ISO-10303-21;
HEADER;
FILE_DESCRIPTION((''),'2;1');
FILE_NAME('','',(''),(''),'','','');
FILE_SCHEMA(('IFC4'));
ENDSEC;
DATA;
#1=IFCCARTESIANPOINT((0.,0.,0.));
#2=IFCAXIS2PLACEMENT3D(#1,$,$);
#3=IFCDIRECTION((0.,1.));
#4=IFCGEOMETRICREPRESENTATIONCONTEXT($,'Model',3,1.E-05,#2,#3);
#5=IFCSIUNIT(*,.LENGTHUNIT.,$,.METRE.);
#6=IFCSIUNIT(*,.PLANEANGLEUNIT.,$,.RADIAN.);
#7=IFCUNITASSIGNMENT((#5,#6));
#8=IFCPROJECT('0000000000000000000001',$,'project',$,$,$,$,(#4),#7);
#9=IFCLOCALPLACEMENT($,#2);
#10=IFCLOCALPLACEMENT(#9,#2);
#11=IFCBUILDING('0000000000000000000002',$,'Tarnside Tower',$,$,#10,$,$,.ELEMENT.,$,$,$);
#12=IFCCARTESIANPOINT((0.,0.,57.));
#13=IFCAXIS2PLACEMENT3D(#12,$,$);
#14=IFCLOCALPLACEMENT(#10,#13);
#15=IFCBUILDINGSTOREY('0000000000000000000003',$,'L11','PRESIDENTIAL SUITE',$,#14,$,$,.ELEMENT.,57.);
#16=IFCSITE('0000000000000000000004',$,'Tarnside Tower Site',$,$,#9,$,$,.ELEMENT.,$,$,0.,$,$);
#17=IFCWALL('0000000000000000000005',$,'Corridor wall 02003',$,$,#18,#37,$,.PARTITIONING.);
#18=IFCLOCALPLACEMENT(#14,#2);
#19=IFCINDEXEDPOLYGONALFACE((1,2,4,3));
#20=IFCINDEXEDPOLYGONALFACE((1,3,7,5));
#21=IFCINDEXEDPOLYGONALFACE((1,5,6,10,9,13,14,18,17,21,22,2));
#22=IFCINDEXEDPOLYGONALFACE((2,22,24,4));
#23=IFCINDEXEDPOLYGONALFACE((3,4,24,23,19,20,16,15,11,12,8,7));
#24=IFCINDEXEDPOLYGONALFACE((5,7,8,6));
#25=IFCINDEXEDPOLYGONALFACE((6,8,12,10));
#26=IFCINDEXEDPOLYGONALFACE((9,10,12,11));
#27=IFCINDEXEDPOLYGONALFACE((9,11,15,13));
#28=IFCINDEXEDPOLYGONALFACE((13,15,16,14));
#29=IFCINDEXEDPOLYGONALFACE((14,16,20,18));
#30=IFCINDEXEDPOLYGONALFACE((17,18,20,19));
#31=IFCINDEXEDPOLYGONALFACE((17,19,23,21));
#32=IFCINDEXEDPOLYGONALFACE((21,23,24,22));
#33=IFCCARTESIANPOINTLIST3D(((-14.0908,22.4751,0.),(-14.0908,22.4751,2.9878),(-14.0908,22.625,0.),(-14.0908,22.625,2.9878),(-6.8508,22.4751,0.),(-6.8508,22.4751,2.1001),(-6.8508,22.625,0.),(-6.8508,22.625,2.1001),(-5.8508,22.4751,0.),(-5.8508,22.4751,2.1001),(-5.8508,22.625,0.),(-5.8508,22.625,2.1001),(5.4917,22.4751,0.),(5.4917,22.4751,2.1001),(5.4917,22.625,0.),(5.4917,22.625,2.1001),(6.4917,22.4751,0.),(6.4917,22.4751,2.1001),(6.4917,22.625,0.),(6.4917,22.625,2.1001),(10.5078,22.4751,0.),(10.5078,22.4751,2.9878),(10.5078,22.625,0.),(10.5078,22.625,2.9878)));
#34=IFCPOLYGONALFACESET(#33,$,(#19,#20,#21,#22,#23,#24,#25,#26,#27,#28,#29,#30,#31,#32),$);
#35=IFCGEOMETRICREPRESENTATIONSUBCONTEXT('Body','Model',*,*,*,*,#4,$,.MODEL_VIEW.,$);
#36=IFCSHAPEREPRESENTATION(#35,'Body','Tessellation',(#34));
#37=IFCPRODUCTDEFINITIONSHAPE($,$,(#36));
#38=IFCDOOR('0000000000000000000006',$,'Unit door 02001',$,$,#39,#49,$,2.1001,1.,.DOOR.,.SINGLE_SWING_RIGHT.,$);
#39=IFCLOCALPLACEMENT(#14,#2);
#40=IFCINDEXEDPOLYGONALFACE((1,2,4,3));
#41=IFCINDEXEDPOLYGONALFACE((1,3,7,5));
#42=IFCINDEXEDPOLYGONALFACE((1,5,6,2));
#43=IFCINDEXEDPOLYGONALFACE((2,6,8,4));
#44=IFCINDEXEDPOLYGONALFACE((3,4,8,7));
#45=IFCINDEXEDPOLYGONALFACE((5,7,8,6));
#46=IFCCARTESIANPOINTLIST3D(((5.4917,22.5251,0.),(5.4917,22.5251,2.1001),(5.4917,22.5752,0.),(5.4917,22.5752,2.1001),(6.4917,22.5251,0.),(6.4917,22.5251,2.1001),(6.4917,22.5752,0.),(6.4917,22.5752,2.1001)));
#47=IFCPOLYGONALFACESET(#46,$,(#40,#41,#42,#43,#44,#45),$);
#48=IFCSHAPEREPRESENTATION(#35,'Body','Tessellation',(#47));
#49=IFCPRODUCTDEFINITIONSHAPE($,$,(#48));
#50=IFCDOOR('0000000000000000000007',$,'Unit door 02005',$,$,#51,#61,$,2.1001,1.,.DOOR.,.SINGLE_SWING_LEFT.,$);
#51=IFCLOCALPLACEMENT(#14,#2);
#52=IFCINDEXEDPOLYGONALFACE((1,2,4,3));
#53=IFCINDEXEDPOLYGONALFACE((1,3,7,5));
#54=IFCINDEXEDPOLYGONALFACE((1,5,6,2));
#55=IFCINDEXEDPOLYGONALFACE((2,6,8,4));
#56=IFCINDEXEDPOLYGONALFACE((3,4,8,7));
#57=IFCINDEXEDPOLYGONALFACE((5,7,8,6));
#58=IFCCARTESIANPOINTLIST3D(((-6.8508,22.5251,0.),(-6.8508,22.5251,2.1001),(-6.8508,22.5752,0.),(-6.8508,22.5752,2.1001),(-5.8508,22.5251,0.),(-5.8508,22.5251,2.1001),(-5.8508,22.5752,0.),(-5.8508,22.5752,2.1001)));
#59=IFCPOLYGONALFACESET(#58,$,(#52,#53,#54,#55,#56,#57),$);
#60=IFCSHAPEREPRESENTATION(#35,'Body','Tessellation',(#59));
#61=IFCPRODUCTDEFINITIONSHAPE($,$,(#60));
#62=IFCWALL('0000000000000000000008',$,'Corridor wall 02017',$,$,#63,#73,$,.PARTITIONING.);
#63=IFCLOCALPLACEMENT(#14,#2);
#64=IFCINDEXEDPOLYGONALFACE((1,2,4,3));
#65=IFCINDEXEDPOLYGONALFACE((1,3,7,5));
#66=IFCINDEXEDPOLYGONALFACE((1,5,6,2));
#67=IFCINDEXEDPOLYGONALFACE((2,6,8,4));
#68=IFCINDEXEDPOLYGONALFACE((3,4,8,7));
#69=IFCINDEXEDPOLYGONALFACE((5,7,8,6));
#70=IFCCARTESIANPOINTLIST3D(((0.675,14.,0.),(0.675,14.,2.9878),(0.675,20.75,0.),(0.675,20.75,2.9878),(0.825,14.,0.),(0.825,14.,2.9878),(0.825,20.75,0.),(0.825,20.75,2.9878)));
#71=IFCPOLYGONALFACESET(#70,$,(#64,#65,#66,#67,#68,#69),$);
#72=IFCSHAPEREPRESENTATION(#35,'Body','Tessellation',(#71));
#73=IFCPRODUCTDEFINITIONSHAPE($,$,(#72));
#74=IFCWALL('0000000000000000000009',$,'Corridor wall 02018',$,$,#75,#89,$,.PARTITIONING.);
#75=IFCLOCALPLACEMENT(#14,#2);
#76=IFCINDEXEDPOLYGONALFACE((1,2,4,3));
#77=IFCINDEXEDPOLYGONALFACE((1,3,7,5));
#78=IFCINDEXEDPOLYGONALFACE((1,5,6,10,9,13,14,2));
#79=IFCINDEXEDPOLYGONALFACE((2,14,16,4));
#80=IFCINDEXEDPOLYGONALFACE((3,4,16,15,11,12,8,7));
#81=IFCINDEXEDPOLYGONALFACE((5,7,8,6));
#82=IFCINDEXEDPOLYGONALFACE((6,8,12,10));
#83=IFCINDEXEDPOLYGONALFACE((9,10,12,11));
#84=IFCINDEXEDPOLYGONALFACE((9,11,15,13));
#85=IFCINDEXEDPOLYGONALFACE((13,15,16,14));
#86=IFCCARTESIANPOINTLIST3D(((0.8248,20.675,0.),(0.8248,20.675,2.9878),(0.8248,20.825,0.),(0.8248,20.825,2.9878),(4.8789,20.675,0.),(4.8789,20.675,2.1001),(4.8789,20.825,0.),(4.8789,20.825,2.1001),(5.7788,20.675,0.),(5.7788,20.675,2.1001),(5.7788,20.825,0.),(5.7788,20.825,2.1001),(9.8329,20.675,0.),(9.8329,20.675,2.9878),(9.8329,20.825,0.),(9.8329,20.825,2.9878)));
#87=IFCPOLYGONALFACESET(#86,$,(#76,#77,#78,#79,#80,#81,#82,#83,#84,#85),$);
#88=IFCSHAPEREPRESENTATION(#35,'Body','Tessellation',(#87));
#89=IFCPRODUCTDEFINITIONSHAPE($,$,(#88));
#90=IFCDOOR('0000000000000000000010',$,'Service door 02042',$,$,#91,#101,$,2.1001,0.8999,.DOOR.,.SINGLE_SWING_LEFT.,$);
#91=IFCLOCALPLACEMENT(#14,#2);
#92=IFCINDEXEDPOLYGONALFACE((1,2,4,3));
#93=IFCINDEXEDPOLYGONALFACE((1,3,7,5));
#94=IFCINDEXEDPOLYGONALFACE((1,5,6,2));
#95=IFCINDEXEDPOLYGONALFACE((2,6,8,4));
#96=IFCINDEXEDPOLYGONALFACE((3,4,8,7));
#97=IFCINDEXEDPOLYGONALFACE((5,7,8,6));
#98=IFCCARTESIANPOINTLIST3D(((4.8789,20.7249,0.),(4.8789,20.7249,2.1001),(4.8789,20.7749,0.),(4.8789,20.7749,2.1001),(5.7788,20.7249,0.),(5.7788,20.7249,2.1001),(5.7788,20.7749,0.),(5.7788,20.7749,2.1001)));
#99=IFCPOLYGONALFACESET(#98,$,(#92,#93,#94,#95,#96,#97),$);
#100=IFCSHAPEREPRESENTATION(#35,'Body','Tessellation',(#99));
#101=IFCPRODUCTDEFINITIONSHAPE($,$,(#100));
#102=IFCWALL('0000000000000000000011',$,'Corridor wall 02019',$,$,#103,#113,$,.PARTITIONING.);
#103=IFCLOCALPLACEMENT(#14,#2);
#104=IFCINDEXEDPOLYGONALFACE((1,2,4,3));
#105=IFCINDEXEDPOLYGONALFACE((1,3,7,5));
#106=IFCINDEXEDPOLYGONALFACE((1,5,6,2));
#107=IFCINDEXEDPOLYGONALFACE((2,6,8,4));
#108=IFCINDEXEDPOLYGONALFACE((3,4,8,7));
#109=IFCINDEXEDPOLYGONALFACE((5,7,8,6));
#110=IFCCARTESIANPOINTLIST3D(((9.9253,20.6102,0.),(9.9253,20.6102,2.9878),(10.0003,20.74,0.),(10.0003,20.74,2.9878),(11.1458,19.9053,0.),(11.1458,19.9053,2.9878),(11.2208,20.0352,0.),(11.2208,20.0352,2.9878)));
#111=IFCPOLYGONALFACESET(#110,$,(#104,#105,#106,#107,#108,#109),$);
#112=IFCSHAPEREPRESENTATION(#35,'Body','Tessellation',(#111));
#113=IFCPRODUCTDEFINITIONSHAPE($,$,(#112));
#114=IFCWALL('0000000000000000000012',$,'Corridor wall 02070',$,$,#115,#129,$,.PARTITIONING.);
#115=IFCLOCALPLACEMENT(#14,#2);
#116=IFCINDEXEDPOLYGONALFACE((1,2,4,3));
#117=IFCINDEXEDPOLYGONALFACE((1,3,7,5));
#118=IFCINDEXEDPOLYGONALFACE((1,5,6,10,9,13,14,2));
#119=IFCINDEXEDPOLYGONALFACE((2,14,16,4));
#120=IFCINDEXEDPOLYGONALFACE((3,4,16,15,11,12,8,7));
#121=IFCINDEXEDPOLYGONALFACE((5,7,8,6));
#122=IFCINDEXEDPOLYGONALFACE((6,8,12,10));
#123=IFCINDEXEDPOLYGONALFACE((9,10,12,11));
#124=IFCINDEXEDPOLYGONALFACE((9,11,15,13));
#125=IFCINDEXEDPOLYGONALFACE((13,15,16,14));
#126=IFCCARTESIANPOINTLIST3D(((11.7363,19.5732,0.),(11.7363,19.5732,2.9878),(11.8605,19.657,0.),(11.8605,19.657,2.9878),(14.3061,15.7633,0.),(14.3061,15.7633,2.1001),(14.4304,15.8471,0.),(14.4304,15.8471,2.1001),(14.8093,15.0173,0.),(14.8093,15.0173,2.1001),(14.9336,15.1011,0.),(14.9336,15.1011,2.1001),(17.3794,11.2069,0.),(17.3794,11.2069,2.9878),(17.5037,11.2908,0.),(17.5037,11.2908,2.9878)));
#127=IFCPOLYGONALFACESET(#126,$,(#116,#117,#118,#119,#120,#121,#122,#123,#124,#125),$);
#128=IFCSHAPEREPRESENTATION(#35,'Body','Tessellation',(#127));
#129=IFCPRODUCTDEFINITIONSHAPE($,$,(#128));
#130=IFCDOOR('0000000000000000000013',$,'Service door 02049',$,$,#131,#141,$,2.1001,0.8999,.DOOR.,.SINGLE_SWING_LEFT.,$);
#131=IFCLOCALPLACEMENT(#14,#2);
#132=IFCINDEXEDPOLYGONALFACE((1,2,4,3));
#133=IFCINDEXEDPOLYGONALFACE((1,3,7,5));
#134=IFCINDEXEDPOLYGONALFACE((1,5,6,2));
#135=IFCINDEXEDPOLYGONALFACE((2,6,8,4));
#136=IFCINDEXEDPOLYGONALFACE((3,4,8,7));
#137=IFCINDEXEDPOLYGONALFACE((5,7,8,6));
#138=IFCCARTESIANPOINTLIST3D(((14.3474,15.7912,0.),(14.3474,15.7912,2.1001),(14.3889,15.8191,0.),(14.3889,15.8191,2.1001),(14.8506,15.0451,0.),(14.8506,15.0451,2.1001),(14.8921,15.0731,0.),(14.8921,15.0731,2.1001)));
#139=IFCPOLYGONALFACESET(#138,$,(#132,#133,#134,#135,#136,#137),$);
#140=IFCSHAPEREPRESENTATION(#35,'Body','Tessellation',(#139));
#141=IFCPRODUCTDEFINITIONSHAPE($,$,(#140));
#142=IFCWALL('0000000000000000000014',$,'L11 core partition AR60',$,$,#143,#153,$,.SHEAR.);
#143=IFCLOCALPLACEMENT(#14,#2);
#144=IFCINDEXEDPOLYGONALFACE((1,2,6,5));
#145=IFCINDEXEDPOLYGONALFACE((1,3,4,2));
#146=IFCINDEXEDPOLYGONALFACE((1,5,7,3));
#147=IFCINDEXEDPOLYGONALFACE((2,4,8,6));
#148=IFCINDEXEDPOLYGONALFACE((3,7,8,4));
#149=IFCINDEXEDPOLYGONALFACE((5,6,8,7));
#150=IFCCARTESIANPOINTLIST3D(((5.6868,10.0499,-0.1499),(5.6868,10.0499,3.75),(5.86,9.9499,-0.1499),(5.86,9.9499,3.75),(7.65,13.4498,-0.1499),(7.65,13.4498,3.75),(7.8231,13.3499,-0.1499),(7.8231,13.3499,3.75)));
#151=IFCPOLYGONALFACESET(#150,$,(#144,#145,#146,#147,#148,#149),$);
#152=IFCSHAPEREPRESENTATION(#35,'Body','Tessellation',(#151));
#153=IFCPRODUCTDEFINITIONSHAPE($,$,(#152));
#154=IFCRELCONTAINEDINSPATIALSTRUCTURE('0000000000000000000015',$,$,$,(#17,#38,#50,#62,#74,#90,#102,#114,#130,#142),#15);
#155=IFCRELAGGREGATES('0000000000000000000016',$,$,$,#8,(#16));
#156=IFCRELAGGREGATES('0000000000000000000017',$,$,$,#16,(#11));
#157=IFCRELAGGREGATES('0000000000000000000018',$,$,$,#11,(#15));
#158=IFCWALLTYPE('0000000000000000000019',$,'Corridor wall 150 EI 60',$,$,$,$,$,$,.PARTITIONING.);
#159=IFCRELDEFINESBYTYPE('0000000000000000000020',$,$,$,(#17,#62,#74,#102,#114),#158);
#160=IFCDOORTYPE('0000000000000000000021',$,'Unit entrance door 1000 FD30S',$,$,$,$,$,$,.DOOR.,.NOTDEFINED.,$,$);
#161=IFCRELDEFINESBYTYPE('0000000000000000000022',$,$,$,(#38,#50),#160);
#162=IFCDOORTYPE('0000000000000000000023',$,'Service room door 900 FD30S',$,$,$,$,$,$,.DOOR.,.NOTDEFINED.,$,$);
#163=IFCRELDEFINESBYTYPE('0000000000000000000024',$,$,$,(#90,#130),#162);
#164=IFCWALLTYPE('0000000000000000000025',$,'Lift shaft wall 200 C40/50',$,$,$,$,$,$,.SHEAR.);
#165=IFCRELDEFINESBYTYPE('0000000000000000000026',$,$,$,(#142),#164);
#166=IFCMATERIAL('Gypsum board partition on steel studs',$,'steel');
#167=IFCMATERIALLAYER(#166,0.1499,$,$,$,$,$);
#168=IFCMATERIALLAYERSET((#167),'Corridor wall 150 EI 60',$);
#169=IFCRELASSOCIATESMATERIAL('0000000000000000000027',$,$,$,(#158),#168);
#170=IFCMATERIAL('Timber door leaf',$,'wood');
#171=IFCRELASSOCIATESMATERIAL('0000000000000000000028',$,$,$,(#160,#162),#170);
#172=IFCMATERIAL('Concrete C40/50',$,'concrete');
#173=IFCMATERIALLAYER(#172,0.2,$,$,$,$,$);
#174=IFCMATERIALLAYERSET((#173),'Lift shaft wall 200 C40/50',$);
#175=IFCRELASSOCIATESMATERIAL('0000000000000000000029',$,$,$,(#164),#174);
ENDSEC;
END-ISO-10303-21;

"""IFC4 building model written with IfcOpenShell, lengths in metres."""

from ifc_helpers import new_model, si_unit, direction, frame, frame_2d, origin, place, context, subcontext, project, spatial, rectangle, extrude, material, layer, layer_set, type_object, element, fill, save


model = new_model("IFC4")

# Units and contexts
model_context = context("Model", 3, precision=1e-05, world=origin(), true_north=direction((0.0, 1.0)))
body_context = subcontext(model_context, "Body", "Model", "MODEL_VIEW")
ifc_project = project(units=[si_unit("LENGTHUNIT", "METRE"), si_unit("PLANEANGLEUNIT", "RADIAN")], contexts=[model_context])

# Site, building, storey
site_placement = place(None, origin())
site = spatial("IfcSite", under=ifc_project, at=site_placement, Name="Tarnside Tower Site", CompositionType="ELEMENT", RefElevation=0.0)
building_placement = place(site_placement, origin())
building = spatial("IfcBuilding", under=site, at=building_placement, Name="Tarnside Tower", CompositionType="ELEMENT")
storey_placement = place(building_placement, frame((0.0, 0.0, 57.0)))
storey = spatial("IfcBuildingStorey", under=building, at=storey_placement, Name="L11", Description="PRESIDENTIAL SUITE", CompositionType="ELEMENT", Elevation=57.0)

# Shared definitions
ifc_material_1 = material(Name="Gypsum board partition on steel studs", Category="steel")
ifc_material_2 = material(Name="Timber door leaf", Category="wood")

# Shared definitions
ifc_layer_1 = layer(ifc_material_1, 0.1499)
ifc_layer_set_1 = layer_set([ifc_layer_1], Name="Corridor wall 150 EI 60")
wall_type_1 = type_object("IfcWallType", Name="Corridor wall 150 EI 60", PredefinedType="PARTITIONING", material=ifc_layer_set_1)

# Wall, openings, doors
wall_1_placement = place(storey_placement, frame((10.5078, 22.55, 0.0), z_axis=(0.0, 0.0, 1.0), x_axis=(-1.0, 0.0, 0.0)))
wall_1 = element("IfcWall", 1, at=wall_1_placement, inside=storey, type_object=wall_type_1, Name="Corridor wall 02003", PredefinedType="PARTITIONING", context=body_context, shape_type="SweptSolid", body=[
    extrude(rectangle(XDim=24.5986, YDim=0.1499, at=frame_2d((12.2993, 0.0))), origin(), (0.0, 0.0, 1.0), 2.9878),
])
opening_1_placement = place(wall_1_placement, frame((4.0161, 0.0, 0.0)))
opening_1 = element("IfcOpeningElement", 2, at=opening_1_placement, cuts=wall_1, PredefinedType="OPENING", context=body_context, shape_type="SweptSolid", body=[
    extrude(rectangle(XDim=1.0, YDim=2.1001, at=frame_2d((0.5, 1.05))), frame((0.0, 0.085, 0.0), z_axis=(0.0, -1.0, 0.0), x_axis=(1.0, 0.0, 0.0)), (0.0, 0.0, 1.0), 0.1699),
])
opening_2_placement = place(wall_1_placement, frame((16.3586, 0.0, 0.0)))
opening_2 = element("IfcOpeningElement", 3, at=opening_2_placement, cuts=wall_1, PredefinedType="OPENING", context=body_context, shape_type="SweptSolid", body=[
    extrude(rectangle(XDim=1.0, YDim=2.1001, at=frame_2d((0.5, 1.05))), frame((0.0, 0.085, 0.0), z_axis=(0.0, -1.0, 0.0), x_axis=(1.0, 0.0, 0.0)), (0.0, 0.0, 1.0), 0.1699),
])
door_type_1 = type_object("IfcDoorType", Name="Unit entrance door 1000 FD30S", OperationType="NOTDEFINED", PredefinedType="DOOR", material=ifc_material_2)
door_1_placement = place(opening_1_placement, origin())
door_1 = element("IfcDoor", 4, at=door_1_placement, inside=storey, type_object=door_type_1, Name="Unit door 02001", OperationType="SINGLE_SWING_RIGHT", OverallHeight=2.1001, OverallWidth=1.0, PredefinedType="DOOR", context=body_context, shape_type="SweptSolid", body=[
    extrude(rectangle(XDim=1.0, YDim=2.1001, at=frame_2d((0.5, 1.05))), frame((0.0, 0.0249, 0.0), z_axis=(0.0, -1.0, 0.0), x_axis=(1.0, 0.0, 0.0)), (0.0, 0.0, 1.0), 0.05),
])
fill(opening_1, door_1)
door_2_placement = place(opening_2_placement, origin())
door_2 = element("IfcDoor", 5, at=door_2_placement, inside=storey, type_object=door_type_1, Name="Unit door 02005", OperationType="SINGLE_SWING_LEFT", OverallHeight=2.1001, OverallWidth=1.0, PredefinedType="DOOR", context=body_context, shape_type="SweptSolid", body=[
    extrude(rectangle(XDim=1.0, YDim=2.1001, at=frame_2d((0.5, 1.05))), frame((0.0, 0.0249, 0.0), z_axis=(0.0, -1.0, 0.0), x_axis=(1.0, 0.0, 0.0)), (0.0, 0.0, 1.0), 0.05),
])
fill(opening_2, door_2)

# Wall
wall_2_placement = place(storey_placement, frame((0.75, 14.0, 0.0), z_axis=(0.0, 0.0, 1.0), x_axis=(0.0, 1.0, 0.0)))
element("IfcWall", 6, at=wall_2_placement, inside=storey, type_object=wall_type_1, Name="Corridor wall 02017", PredefinedType="PARTITIONING", context=body_context, shape_type="SweptSolid", body=[
    extrude(rectangle(XDim=6.75, YDim=0.1499, at=frame_2d((3.375, 0.0))), origin(), (0.0, 0.0, 1.0), 2.9878),
])

# Wall, opening, door
wall_3_placement = place(storey_placement, frame((0.825, 20.75, 0.0), z_axis=(0.0, 0.0, 1.0), x_axis=(1.0, 0.0, 0.0)))
wall_3 = element("IfcWall", 7, at=wall_3_placement, inside=storey, type_object=wall_type_1, Name="Corridor wall 02018", PredefinedType="PARTITIONING", context=body_context, shape_type="SweptSolid", body=[
    extrude(rectangle(XDim=9.0081, YDim=0.1499, at=frame_2d((4.5039, 0.0))), origin(), (0.0, 0.0, 1.0), 2.9878),
])
opening_3_placement = place(wall_3_placement, frame((4.054, 0.0, 0.0)))
opening_3 = element("IfcOpeningElement", 8, at=opening_3_placement, cuts=wall_3, PredefinedType="OPENING", context=body_context, shape_type="SweptSolid", body=[
    extrude(rectangle(XDim=0.8999, YDim=2.1001, at=frame_2d((0.45, 1.05))), frame((0.0, 0.085, 0.0), z_axis=(0.0, -1.0, 0.0), x_axis=(1.0, 0.0, 0.0)), (0.0, 0.0, 1.0), 0.1699),
])
door_type_2 = type_object("IfcDoorType", Name="Service room door 900 FD30S", OperationType="NOTDEFINED", PredefinedType="DOOR", material=ifc_material_2)
door_3_placement = place(opening_3_placement, origin())
door_3 = element("IfcDoor", 9, at=door_3_placement, inside=storey, type_object=door_type_2, Name="Service door 02042", OperationType="SINGLE_SWING_LEFT", OverallHeight=2.1001, OverallWidth=0.8999, PredefinedType="DOOR", context=body_context, shape_type="SweptSolid", body=[
    extrude(rectangle(XDim=0.8999, YDim=2.1001, at=frame_2d((0.45, 1.05))), frame((0.0, 0.0249, 0.0), z_axis=(0.0, -1.0, 0.0), x_axis=(1.0, 0.0, 0.0)), (0.0, 0.0, 1.0), 0.05),
])
fill(opening_3, door_3)

# Wall
wall_4_placement = place(storey_placement, frame((9.9629, 20.675, 0.0), z_axis=(0.0, 0.0, 1.0), x_axis=(0.865963, -0.500107, 0.0)))
element("IfcWall", 10, at=wall_4_placement, inside=storey, type_object=wall_type_1, Name="Corridor wall 02019", PredefinedType="PARTITIONING", context=body_context, shape_type="SweptSolid", body=[
    extrude(rectangle(XDim=1.4094, YDim=0.1499, at=frame_2d((0.7046, 0.0))), origin(), (0.0, 0.0, 1.0), 2.9878),
])

# Wall, opening, door
wall_5_placement = place(storey_placement, frame((11.7983, 19.6152, 0.0), z_axis=(0.0, 0.0, 1.0), x_axis=(0.559192, -0.829038, 0.0)))
wall_5 = element("IfcWall", 11, at=wall_5_placement, inside=storey, type_object=wall_type_1, Name="Corridor wall 02070", PredefinedType="PARTITIONING", context=body_context, shape_type="SweptSolid", body=[
    extrude(rectangle(XDim=10.0916, YDim=0.1499, at=frame_2d((5.0459, 0.0))), origin(), (0.0, 0.0, 1.0), 2.9878),
])
opening_4_placement = place(wall_5_placement, frame((4.5957, 0.0, 0.0)))
opening_4 = element("IfcOpeningElement", 12, at=opening_4_placement, cuts=wall_5, PredefinedType="OPENING", context=body_context, shape_type="SweptSolid", body=[
    extrude(rectangle(XDim=0.8999, YDim=2.1001, at=frame_2d((0.45, 1.05))), frame((0.0, 0.085, 0.0), z_axis=(0.0, -1.0, 0.0), x_axis=(1.0, 0.0, 0.0)), (0.0, 0.0, 1.0), 0.1699),
])
door_4_placement = place(opening_4_placement, origin())
door_4 = element("IfcDoor", 13, at=door_4_placement, inside=storey, type_object=door_type_2, Name="Service door 02049", OperationType="SINGLE_SWING_LEFT", OverallHeight=2.1001, OverallWidth=0.8999, PredefinedType="DOOR", context=body_context, shape_type="SweptSolid", body=[
    extrude(rectangle(XDim=0.8999, YDim=2.1001, at=frame_2d((0.45, 1.05))), frame((0.0, 0.0249, 0.0), z_axis=(0.0, -1.0, 0.0), x_axis=(1.0, 0.0, 0.0)), (0.0, 0.0, 1.0), 0.05),
])
fill(opening_4, door_4)

# Wall
ifc_material_3 = material(Name="Concrete C40/50", Category="concrete")
ifc_layer_2 = layer(ifc_material_3, 0.2)
ifc_layer_set_2 = layer_set([ifc_layer_2], Name="Lift shaft wall 200 C40/50")
wall_type_2 = type_object("IfcWallType", Name="Lift shaft wall 200 C40/50", PredefinedType="SHEAR", material=ifc_layer_set_2)
wall_6_placement = place(storey_placement, frame((5.7734, 10.0, -0.1499), z_axis=(0.0, 0.0, 1.0), x_axis=(0.500038, 0.866003, 0.0)))
element("IfcWall", 14, at=wall_6_placement, inside=storey, type_object=wall_type_2, Name="L11 core partition AR60", PredefinedType="SHEAR", context=body_context, shape_type="SweptSolid", body=[
    extrude(rectangle(XDim=3.926, YDim=0.2, at=frame_2d((1.9629, 0.0))), origin(), (0.0, 0.0, 1.0), 3.8999),
])

save(model, "model.ifc")
